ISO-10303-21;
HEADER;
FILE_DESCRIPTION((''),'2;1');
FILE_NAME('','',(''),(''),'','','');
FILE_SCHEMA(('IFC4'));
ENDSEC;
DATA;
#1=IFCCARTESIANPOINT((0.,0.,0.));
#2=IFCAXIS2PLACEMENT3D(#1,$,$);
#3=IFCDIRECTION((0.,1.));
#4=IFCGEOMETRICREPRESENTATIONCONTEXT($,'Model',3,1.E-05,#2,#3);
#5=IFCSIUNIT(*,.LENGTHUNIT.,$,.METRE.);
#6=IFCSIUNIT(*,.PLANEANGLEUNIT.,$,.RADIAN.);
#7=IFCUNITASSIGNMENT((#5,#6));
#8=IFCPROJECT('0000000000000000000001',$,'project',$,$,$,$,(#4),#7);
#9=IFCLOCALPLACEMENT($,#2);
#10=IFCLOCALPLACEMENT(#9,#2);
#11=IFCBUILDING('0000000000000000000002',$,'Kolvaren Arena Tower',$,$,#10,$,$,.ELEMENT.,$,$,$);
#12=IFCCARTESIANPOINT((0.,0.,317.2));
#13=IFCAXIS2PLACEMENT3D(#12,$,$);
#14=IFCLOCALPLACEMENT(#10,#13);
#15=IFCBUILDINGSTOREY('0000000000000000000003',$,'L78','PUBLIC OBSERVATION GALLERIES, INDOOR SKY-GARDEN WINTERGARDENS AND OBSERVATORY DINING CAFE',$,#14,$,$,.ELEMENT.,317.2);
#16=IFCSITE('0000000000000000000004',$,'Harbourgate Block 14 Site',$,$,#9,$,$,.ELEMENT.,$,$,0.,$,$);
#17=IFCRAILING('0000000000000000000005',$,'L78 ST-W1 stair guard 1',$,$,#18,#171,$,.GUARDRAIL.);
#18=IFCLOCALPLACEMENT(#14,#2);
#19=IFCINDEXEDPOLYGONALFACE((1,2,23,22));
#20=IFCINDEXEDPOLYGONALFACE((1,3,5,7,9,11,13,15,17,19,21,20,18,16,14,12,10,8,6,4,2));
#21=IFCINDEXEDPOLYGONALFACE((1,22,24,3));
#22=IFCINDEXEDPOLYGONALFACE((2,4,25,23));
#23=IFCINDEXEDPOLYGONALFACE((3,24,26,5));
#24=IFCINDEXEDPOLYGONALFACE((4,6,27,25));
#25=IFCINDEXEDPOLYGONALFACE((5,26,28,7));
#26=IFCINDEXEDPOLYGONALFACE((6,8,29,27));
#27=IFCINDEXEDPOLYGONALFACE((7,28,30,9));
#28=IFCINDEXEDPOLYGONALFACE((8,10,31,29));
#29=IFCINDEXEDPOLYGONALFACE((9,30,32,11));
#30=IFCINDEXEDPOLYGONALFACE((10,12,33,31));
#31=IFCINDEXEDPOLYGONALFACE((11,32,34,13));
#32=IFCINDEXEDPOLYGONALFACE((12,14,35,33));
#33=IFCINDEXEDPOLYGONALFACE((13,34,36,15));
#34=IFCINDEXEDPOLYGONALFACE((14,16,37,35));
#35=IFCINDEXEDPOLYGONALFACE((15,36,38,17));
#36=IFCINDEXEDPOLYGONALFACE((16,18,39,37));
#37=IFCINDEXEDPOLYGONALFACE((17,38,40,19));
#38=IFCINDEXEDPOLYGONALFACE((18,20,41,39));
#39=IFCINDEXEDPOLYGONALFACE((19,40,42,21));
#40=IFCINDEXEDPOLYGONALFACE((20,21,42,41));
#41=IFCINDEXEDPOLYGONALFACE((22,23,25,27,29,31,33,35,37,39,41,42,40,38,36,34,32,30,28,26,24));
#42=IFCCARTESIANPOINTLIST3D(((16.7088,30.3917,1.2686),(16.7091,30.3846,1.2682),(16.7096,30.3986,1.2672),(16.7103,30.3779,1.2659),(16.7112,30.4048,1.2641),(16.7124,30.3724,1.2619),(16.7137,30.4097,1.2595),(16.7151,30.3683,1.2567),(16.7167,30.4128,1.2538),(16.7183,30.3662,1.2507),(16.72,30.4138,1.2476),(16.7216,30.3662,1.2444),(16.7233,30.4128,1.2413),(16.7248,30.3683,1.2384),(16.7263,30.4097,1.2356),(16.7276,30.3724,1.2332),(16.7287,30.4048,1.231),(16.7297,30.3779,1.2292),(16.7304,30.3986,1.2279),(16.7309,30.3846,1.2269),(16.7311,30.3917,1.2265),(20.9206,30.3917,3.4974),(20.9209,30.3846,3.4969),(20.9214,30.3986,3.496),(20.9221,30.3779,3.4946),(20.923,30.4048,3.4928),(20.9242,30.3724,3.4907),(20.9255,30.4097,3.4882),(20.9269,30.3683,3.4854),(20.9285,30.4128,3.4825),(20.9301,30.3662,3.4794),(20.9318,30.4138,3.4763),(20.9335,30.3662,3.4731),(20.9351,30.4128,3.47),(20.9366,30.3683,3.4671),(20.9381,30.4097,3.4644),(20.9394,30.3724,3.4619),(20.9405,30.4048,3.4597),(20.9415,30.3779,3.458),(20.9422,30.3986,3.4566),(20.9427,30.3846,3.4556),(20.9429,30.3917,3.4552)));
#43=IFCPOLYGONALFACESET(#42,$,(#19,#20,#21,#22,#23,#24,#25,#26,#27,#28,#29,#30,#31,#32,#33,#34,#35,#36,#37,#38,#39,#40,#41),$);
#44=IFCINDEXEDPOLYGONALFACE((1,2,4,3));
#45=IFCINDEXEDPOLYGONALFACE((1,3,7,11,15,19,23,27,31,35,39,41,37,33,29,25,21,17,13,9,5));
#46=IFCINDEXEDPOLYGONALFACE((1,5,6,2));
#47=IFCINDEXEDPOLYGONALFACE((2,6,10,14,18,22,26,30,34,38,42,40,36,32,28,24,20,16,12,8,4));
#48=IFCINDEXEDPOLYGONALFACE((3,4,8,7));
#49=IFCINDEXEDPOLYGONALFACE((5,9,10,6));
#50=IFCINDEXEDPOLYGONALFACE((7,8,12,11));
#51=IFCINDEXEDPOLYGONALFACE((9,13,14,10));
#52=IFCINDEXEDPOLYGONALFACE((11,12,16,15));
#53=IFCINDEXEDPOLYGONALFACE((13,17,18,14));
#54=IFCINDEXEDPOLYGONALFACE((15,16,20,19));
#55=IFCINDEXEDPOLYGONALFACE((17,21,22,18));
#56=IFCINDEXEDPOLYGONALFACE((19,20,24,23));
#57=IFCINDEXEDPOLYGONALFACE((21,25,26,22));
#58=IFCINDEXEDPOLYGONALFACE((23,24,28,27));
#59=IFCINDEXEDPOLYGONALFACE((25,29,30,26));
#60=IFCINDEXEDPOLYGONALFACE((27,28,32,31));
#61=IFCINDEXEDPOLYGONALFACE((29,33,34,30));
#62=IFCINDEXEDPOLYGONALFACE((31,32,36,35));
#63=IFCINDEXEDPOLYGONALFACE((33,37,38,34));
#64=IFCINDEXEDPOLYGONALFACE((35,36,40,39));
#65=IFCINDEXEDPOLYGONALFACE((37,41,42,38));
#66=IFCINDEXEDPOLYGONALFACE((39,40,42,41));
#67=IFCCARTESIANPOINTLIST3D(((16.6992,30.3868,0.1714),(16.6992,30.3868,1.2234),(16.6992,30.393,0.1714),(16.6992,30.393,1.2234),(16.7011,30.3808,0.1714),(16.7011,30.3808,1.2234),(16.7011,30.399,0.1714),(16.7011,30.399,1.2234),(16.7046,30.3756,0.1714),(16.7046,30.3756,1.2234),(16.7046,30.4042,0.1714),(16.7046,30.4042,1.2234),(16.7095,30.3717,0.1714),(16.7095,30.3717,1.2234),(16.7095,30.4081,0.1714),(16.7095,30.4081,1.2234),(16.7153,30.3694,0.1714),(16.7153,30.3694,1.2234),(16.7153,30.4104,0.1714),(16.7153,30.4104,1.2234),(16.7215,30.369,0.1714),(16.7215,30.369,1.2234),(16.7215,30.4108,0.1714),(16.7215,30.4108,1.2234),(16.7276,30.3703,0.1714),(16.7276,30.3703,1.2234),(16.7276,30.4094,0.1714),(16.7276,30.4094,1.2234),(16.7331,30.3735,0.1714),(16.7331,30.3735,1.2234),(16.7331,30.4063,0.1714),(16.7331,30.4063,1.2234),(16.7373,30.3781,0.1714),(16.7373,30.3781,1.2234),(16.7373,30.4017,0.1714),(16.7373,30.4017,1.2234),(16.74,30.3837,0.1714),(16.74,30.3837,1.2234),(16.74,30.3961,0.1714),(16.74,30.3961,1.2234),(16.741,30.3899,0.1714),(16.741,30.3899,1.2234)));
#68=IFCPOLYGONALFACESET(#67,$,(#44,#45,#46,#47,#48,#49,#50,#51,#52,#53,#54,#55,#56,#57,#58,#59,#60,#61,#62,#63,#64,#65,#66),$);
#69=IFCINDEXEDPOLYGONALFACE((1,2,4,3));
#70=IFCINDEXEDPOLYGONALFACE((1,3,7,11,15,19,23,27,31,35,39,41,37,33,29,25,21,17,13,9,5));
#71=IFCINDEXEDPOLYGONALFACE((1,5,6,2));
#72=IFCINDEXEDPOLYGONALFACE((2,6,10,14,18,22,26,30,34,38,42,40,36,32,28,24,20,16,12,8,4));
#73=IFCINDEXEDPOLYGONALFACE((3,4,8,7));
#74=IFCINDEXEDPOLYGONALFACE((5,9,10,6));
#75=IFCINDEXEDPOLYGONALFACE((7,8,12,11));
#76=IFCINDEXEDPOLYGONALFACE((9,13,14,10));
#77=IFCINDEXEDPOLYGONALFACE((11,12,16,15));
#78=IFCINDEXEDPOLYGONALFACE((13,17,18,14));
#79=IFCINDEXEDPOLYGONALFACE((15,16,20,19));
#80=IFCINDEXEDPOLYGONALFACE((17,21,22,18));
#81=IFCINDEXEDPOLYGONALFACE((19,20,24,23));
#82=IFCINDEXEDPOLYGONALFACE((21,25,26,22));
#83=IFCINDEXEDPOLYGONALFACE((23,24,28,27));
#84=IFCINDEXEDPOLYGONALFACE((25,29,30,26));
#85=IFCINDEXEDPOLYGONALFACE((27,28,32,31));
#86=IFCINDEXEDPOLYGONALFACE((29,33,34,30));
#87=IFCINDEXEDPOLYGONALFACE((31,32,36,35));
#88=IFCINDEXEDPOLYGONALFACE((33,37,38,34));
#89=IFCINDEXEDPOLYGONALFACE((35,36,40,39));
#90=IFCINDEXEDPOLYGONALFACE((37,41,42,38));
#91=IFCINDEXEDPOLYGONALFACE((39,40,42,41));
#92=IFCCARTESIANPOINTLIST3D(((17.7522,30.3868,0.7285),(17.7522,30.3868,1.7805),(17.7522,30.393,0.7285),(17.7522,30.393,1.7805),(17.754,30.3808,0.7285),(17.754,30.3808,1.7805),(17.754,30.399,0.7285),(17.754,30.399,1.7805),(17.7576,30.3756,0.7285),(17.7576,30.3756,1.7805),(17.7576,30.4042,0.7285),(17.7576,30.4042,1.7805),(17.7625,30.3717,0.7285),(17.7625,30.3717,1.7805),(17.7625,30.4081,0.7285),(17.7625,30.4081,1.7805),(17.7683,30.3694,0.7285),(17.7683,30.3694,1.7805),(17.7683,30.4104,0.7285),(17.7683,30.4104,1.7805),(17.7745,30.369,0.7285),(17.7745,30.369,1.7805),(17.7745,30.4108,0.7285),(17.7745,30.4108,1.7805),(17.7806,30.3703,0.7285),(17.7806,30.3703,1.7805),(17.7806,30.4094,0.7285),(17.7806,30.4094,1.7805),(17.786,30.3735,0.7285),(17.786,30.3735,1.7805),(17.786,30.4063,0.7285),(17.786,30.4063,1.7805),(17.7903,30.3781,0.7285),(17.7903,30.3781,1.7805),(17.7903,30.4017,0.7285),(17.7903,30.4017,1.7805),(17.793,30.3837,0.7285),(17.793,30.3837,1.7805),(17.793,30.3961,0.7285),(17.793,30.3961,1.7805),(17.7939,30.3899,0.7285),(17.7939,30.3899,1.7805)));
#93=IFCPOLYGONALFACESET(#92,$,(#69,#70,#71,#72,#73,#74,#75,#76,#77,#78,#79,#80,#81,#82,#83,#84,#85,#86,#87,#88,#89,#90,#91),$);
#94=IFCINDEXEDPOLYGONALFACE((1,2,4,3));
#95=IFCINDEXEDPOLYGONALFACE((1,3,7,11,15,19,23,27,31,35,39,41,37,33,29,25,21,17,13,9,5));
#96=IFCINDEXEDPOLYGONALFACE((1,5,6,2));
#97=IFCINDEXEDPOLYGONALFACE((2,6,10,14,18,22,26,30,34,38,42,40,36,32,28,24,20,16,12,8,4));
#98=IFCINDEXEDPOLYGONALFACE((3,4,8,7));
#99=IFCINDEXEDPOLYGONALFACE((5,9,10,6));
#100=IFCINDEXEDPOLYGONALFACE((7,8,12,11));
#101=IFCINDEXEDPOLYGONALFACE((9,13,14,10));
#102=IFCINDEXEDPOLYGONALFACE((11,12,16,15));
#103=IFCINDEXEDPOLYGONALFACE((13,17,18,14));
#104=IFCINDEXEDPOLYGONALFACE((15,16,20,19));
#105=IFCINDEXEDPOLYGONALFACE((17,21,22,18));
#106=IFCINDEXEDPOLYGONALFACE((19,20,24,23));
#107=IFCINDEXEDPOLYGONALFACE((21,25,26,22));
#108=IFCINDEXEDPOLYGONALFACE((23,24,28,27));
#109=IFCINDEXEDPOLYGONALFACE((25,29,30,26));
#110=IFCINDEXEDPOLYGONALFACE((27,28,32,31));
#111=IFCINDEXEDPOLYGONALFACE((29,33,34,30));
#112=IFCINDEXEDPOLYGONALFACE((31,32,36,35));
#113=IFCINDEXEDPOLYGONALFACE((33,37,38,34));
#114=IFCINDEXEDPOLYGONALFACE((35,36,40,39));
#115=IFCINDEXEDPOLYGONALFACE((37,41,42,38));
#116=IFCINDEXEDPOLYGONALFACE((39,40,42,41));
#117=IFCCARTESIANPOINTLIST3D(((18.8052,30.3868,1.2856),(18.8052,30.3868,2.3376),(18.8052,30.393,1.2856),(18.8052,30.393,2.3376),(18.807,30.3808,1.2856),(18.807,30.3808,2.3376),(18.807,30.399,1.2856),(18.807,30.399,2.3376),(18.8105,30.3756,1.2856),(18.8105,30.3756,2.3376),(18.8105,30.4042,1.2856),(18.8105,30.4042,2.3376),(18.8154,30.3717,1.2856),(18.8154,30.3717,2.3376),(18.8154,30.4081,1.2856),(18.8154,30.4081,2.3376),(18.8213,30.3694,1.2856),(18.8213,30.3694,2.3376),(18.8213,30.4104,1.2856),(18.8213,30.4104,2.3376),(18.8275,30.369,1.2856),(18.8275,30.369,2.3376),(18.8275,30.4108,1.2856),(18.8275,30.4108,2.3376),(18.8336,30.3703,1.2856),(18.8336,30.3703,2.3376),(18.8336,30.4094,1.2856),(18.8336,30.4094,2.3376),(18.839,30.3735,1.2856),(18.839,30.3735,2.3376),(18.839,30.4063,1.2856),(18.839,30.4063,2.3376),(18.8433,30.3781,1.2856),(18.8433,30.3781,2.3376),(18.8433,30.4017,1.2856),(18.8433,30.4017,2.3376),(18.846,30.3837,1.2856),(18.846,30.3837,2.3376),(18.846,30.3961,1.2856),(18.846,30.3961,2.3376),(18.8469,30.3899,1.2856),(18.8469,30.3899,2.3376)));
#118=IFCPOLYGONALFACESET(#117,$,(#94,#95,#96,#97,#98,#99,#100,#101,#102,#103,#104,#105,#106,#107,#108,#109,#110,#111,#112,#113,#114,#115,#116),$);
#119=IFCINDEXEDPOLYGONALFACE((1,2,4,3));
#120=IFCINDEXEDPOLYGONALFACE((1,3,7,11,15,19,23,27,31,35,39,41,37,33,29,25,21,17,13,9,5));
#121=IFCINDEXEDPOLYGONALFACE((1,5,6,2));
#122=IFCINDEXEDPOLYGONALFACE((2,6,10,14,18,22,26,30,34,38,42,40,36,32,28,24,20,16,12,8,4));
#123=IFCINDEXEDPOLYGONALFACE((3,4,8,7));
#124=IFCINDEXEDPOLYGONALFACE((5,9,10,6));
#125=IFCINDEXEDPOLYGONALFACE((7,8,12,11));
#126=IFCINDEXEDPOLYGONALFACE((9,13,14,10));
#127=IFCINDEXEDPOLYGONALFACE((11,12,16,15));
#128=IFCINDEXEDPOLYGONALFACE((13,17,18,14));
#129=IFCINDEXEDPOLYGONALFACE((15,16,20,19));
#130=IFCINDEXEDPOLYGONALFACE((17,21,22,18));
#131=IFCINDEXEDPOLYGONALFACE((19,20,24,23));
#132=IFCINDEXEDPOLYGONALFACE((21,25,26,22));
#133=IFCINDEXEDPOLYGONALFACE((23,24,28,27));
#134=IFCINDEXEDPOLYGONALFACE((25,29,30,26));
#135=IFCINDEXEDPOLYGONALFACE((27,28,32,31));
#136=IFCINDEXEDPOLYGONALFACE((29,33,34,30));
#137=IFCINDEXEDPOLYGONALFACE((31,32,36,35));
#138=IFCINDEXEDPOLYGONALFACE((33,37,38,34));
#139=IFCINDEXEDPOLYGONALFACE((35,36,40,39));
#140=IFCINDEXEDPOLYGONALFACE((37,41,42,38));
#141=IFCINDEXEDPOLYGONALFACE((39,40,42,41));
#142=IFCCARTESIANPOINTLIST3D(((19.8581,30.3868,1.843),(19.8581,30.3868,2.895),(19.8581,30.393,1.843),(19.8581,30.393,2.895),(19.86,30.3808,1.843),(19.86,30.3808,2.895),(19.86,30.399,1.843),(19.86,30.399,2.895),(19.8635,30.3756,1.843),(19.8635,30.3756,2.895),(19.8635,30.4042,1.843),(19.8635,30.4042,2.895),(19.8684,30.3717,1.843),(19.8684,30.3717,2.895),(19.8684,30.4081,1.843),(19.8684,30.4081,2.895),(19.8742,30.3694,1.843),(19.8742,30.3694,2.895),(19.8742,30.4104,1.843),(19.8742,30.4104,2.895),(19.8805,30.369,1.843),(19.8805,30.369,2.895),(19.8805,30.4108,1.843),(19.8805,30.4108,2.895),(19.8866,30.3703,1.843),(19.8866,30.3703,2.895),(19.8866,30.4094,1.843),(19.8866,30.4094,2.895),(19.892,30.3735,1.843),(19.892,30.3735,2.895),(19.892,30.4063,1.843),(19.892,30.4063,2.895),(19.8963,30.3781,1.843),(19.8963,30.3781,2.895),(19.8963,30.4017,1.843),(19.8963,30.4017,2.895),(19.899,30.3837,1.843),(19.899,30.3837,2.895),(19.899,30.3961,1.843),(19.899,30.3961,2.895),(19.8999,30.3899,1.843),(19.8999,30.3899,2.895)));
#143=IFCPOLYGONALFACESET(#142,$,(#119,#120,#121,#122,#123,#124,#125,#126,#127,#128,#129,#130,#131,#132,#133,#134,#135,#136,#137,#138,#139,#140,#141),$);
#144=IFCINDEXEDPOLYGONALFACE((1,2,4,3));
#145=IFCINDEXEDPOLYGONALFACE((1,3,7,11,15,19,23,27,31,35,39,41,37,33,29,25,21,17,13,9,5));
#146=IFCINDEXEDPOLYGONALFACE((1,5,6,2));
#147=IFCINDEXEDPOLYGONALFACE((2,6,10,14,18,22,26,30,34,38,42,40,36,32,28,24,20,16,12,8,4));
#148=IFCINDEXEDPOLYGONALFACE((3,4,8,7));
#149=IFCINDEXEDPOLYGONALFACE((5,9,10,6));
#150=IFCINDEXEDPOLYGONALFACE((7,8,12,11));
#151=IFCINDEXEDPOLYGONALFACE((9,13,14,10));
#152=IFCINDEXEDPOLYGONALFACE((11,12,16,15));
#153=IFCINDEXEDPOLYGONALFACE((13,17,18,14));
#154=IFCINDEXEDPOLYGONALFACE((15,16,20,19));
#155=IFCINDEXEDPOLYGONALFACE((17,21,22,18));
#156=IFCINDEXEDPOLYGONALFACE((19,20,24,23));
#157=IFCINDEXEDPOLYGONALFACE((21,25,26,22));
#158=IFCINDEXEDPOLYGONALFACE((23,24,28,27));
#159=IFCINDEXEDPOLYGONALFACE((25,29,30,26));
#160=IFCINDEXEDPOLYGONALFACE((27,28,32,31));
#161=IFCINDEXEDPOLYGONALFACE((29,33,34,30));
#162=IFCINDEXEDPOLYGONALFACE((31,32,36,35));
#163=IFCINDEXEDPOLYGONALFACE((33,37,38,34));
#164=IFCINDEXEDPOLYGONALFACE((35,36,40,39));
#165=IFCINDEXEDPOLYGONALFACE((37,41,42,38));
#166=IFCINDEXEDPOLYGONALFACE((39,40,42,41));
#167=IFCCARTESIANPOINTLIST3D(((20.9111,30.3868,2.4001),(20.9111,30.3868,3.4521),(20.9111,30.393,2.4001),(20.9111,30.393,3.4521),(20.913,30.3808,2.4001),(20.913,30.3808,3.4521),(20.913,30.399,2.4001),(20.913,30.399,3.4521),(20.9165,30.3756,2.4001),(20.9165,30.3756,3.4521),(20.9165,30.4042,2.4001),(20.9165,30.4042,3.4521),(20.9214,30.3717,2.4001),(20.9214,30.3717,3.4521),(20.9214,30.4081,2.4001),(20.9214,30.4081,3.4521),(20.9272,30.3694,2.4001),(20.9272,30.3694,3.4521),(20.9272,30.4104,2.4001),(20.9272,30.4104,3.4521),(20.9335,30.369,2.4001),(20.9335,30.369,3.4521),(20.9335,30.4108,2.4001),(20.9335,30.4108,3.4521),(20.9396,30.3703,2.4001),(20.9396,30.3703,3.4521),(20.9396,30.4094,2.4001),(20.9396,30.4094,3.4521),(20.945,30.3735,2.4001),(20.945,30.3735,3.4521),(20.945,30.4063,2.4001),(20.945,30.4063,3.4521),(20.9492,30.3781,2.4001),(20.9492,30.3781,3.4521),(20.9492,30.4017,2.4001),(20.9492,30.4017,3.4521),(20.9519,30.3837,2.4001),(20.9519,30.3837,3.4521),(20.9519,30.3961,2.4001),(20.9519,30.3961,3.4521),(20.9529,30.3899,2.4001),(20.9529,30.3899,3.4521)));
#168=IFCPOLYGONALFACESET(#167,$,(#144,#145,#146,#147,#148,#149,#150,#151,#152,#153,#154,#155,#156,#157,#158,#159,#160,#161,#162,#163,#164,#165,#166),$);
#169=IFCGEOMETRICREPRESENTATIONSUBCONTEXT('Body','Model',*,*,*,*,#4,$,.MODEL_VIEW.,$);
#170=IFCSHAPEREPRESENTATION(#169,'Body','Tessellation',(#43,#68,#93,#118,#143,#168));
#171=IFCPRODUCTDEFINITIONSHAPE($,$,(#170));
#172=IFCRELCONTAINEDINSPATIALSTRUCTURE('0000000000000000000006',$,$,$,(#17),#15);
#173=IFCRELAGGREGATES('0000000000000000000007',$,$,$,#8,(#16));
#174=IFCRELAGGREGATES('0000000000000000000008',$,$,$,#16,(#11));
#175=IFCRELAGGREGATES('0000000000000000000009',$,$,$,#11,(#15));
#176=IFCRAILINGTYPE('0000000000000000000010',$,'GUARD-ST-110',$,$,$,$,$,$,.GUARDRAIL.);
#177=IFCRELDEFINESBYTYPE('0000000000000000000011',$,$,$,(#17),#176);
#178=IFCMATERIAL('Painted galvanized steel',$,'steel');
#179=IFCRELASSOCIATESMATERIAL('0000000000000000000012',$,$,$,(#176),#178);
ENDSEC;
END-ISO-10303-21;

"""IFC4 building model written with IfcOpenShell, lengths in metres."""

from ifc_helpers import new_model, si_unit, direction, frame, origin, origin_2d, place, context, subcontext, project, spatial, circle, extrude, material, type_object, element, save


model = new_model("IFC4")

# Units and contexts
model_context = context("Model", 3, precision=1e-05, world=origin(), true_north=direction((0.0, 1.0)))
body_context = subcontext(model_context, "Body", "Model", "MODEL_VIEW")
ifc_project = project(units=[si_unit("LENGTHUNIT", "METRE"), si_unit("PLANEANGLEUNIT", "RADIAN")], contexts=[model_context])

# Site, building, storey
site_placement = place(None, origin())
site = spatial("IfcSite", under=ifc_project, at=site_placement, Name="Harbourgate Block 14 Site", CompositionType="ELEMENT", RefElevation=0.0)
building_placement = place(site_placement, origin())
building = spatial("IfcBuilding", under=site, at=building_placement, Name="Kolvaren Arena Tower", CompositionType="ELEMENT")
storey_placement = place(building_placement, frame((0.0, 0.0, 317.2)))
storey = spatial("IfcBuildingStorey", under=building, at=storey_placement, Name="L78", Description="PUBLIC OBSERVATION GALLERIES, INDOOR SKY-GARDEN WINTERGARDENS AND OBSERVATORY DINING CAFE", CompositionType="ELEMENT", Elevation=317.2)

# Railing
ifc_material_1 = material(Name="Painted galvanized steel", Category="steel")
railing_type_1 = type_object("IfcRailingType", Name="GUARD-ST-110", PredefinedType="GUARDRAIL", material=ifc_material_1)
railing_1_placement = place(storey_placement, frame((16.72, 30.3899, 0.1714)))
element("IfcRailing", 1, at=railing_1_placement, inside=storey, type_object=railing_type_1, Name="L78 ST-W1 stair guard 1", PredefinedType="GUARDRAIL", context=body_context, shape_type="SweptSolid", body=[
    extrude(circle(Radius=0.0239, at=origin_2d()), frame((0.0, 0.0, 1.0762), z_axis=(0.883881, 0.0, 0.467711), x_axis=(0.0, 1.0, 0.0)), (0.0, 0.0, 1.0), 4.7651),
    extrude(circle(Radius=0.021, at=origin_2d()), origin(), (0.0, 0.0, 1.0), 1.052),
    extrude(circle(Radius=0.021, at=origin_2d()), frame((1.053, 0.0, 0.5571)), (0.0, 0.0, 1.0), 1.052),
    extrude(circle(Radius=0.021, at=origin_2d()), frame((2.106, 0.0, 1.1143)), (0.0, 0.0, 1.0), 1.052),
    extrude(circle(Radius=0.021, at=origin_2d()), frame((3.1589, 0.0, 1.6716)), (0.0, 0.0, 1.0), 1.052),
    extrude(circle(Radius=0.021, at=origin_2d()), frame((4.2119, 0.0, 2.2288)), (0.0, 0.0, 1.0), 1.052),
])

save(model, "model.ifc")
